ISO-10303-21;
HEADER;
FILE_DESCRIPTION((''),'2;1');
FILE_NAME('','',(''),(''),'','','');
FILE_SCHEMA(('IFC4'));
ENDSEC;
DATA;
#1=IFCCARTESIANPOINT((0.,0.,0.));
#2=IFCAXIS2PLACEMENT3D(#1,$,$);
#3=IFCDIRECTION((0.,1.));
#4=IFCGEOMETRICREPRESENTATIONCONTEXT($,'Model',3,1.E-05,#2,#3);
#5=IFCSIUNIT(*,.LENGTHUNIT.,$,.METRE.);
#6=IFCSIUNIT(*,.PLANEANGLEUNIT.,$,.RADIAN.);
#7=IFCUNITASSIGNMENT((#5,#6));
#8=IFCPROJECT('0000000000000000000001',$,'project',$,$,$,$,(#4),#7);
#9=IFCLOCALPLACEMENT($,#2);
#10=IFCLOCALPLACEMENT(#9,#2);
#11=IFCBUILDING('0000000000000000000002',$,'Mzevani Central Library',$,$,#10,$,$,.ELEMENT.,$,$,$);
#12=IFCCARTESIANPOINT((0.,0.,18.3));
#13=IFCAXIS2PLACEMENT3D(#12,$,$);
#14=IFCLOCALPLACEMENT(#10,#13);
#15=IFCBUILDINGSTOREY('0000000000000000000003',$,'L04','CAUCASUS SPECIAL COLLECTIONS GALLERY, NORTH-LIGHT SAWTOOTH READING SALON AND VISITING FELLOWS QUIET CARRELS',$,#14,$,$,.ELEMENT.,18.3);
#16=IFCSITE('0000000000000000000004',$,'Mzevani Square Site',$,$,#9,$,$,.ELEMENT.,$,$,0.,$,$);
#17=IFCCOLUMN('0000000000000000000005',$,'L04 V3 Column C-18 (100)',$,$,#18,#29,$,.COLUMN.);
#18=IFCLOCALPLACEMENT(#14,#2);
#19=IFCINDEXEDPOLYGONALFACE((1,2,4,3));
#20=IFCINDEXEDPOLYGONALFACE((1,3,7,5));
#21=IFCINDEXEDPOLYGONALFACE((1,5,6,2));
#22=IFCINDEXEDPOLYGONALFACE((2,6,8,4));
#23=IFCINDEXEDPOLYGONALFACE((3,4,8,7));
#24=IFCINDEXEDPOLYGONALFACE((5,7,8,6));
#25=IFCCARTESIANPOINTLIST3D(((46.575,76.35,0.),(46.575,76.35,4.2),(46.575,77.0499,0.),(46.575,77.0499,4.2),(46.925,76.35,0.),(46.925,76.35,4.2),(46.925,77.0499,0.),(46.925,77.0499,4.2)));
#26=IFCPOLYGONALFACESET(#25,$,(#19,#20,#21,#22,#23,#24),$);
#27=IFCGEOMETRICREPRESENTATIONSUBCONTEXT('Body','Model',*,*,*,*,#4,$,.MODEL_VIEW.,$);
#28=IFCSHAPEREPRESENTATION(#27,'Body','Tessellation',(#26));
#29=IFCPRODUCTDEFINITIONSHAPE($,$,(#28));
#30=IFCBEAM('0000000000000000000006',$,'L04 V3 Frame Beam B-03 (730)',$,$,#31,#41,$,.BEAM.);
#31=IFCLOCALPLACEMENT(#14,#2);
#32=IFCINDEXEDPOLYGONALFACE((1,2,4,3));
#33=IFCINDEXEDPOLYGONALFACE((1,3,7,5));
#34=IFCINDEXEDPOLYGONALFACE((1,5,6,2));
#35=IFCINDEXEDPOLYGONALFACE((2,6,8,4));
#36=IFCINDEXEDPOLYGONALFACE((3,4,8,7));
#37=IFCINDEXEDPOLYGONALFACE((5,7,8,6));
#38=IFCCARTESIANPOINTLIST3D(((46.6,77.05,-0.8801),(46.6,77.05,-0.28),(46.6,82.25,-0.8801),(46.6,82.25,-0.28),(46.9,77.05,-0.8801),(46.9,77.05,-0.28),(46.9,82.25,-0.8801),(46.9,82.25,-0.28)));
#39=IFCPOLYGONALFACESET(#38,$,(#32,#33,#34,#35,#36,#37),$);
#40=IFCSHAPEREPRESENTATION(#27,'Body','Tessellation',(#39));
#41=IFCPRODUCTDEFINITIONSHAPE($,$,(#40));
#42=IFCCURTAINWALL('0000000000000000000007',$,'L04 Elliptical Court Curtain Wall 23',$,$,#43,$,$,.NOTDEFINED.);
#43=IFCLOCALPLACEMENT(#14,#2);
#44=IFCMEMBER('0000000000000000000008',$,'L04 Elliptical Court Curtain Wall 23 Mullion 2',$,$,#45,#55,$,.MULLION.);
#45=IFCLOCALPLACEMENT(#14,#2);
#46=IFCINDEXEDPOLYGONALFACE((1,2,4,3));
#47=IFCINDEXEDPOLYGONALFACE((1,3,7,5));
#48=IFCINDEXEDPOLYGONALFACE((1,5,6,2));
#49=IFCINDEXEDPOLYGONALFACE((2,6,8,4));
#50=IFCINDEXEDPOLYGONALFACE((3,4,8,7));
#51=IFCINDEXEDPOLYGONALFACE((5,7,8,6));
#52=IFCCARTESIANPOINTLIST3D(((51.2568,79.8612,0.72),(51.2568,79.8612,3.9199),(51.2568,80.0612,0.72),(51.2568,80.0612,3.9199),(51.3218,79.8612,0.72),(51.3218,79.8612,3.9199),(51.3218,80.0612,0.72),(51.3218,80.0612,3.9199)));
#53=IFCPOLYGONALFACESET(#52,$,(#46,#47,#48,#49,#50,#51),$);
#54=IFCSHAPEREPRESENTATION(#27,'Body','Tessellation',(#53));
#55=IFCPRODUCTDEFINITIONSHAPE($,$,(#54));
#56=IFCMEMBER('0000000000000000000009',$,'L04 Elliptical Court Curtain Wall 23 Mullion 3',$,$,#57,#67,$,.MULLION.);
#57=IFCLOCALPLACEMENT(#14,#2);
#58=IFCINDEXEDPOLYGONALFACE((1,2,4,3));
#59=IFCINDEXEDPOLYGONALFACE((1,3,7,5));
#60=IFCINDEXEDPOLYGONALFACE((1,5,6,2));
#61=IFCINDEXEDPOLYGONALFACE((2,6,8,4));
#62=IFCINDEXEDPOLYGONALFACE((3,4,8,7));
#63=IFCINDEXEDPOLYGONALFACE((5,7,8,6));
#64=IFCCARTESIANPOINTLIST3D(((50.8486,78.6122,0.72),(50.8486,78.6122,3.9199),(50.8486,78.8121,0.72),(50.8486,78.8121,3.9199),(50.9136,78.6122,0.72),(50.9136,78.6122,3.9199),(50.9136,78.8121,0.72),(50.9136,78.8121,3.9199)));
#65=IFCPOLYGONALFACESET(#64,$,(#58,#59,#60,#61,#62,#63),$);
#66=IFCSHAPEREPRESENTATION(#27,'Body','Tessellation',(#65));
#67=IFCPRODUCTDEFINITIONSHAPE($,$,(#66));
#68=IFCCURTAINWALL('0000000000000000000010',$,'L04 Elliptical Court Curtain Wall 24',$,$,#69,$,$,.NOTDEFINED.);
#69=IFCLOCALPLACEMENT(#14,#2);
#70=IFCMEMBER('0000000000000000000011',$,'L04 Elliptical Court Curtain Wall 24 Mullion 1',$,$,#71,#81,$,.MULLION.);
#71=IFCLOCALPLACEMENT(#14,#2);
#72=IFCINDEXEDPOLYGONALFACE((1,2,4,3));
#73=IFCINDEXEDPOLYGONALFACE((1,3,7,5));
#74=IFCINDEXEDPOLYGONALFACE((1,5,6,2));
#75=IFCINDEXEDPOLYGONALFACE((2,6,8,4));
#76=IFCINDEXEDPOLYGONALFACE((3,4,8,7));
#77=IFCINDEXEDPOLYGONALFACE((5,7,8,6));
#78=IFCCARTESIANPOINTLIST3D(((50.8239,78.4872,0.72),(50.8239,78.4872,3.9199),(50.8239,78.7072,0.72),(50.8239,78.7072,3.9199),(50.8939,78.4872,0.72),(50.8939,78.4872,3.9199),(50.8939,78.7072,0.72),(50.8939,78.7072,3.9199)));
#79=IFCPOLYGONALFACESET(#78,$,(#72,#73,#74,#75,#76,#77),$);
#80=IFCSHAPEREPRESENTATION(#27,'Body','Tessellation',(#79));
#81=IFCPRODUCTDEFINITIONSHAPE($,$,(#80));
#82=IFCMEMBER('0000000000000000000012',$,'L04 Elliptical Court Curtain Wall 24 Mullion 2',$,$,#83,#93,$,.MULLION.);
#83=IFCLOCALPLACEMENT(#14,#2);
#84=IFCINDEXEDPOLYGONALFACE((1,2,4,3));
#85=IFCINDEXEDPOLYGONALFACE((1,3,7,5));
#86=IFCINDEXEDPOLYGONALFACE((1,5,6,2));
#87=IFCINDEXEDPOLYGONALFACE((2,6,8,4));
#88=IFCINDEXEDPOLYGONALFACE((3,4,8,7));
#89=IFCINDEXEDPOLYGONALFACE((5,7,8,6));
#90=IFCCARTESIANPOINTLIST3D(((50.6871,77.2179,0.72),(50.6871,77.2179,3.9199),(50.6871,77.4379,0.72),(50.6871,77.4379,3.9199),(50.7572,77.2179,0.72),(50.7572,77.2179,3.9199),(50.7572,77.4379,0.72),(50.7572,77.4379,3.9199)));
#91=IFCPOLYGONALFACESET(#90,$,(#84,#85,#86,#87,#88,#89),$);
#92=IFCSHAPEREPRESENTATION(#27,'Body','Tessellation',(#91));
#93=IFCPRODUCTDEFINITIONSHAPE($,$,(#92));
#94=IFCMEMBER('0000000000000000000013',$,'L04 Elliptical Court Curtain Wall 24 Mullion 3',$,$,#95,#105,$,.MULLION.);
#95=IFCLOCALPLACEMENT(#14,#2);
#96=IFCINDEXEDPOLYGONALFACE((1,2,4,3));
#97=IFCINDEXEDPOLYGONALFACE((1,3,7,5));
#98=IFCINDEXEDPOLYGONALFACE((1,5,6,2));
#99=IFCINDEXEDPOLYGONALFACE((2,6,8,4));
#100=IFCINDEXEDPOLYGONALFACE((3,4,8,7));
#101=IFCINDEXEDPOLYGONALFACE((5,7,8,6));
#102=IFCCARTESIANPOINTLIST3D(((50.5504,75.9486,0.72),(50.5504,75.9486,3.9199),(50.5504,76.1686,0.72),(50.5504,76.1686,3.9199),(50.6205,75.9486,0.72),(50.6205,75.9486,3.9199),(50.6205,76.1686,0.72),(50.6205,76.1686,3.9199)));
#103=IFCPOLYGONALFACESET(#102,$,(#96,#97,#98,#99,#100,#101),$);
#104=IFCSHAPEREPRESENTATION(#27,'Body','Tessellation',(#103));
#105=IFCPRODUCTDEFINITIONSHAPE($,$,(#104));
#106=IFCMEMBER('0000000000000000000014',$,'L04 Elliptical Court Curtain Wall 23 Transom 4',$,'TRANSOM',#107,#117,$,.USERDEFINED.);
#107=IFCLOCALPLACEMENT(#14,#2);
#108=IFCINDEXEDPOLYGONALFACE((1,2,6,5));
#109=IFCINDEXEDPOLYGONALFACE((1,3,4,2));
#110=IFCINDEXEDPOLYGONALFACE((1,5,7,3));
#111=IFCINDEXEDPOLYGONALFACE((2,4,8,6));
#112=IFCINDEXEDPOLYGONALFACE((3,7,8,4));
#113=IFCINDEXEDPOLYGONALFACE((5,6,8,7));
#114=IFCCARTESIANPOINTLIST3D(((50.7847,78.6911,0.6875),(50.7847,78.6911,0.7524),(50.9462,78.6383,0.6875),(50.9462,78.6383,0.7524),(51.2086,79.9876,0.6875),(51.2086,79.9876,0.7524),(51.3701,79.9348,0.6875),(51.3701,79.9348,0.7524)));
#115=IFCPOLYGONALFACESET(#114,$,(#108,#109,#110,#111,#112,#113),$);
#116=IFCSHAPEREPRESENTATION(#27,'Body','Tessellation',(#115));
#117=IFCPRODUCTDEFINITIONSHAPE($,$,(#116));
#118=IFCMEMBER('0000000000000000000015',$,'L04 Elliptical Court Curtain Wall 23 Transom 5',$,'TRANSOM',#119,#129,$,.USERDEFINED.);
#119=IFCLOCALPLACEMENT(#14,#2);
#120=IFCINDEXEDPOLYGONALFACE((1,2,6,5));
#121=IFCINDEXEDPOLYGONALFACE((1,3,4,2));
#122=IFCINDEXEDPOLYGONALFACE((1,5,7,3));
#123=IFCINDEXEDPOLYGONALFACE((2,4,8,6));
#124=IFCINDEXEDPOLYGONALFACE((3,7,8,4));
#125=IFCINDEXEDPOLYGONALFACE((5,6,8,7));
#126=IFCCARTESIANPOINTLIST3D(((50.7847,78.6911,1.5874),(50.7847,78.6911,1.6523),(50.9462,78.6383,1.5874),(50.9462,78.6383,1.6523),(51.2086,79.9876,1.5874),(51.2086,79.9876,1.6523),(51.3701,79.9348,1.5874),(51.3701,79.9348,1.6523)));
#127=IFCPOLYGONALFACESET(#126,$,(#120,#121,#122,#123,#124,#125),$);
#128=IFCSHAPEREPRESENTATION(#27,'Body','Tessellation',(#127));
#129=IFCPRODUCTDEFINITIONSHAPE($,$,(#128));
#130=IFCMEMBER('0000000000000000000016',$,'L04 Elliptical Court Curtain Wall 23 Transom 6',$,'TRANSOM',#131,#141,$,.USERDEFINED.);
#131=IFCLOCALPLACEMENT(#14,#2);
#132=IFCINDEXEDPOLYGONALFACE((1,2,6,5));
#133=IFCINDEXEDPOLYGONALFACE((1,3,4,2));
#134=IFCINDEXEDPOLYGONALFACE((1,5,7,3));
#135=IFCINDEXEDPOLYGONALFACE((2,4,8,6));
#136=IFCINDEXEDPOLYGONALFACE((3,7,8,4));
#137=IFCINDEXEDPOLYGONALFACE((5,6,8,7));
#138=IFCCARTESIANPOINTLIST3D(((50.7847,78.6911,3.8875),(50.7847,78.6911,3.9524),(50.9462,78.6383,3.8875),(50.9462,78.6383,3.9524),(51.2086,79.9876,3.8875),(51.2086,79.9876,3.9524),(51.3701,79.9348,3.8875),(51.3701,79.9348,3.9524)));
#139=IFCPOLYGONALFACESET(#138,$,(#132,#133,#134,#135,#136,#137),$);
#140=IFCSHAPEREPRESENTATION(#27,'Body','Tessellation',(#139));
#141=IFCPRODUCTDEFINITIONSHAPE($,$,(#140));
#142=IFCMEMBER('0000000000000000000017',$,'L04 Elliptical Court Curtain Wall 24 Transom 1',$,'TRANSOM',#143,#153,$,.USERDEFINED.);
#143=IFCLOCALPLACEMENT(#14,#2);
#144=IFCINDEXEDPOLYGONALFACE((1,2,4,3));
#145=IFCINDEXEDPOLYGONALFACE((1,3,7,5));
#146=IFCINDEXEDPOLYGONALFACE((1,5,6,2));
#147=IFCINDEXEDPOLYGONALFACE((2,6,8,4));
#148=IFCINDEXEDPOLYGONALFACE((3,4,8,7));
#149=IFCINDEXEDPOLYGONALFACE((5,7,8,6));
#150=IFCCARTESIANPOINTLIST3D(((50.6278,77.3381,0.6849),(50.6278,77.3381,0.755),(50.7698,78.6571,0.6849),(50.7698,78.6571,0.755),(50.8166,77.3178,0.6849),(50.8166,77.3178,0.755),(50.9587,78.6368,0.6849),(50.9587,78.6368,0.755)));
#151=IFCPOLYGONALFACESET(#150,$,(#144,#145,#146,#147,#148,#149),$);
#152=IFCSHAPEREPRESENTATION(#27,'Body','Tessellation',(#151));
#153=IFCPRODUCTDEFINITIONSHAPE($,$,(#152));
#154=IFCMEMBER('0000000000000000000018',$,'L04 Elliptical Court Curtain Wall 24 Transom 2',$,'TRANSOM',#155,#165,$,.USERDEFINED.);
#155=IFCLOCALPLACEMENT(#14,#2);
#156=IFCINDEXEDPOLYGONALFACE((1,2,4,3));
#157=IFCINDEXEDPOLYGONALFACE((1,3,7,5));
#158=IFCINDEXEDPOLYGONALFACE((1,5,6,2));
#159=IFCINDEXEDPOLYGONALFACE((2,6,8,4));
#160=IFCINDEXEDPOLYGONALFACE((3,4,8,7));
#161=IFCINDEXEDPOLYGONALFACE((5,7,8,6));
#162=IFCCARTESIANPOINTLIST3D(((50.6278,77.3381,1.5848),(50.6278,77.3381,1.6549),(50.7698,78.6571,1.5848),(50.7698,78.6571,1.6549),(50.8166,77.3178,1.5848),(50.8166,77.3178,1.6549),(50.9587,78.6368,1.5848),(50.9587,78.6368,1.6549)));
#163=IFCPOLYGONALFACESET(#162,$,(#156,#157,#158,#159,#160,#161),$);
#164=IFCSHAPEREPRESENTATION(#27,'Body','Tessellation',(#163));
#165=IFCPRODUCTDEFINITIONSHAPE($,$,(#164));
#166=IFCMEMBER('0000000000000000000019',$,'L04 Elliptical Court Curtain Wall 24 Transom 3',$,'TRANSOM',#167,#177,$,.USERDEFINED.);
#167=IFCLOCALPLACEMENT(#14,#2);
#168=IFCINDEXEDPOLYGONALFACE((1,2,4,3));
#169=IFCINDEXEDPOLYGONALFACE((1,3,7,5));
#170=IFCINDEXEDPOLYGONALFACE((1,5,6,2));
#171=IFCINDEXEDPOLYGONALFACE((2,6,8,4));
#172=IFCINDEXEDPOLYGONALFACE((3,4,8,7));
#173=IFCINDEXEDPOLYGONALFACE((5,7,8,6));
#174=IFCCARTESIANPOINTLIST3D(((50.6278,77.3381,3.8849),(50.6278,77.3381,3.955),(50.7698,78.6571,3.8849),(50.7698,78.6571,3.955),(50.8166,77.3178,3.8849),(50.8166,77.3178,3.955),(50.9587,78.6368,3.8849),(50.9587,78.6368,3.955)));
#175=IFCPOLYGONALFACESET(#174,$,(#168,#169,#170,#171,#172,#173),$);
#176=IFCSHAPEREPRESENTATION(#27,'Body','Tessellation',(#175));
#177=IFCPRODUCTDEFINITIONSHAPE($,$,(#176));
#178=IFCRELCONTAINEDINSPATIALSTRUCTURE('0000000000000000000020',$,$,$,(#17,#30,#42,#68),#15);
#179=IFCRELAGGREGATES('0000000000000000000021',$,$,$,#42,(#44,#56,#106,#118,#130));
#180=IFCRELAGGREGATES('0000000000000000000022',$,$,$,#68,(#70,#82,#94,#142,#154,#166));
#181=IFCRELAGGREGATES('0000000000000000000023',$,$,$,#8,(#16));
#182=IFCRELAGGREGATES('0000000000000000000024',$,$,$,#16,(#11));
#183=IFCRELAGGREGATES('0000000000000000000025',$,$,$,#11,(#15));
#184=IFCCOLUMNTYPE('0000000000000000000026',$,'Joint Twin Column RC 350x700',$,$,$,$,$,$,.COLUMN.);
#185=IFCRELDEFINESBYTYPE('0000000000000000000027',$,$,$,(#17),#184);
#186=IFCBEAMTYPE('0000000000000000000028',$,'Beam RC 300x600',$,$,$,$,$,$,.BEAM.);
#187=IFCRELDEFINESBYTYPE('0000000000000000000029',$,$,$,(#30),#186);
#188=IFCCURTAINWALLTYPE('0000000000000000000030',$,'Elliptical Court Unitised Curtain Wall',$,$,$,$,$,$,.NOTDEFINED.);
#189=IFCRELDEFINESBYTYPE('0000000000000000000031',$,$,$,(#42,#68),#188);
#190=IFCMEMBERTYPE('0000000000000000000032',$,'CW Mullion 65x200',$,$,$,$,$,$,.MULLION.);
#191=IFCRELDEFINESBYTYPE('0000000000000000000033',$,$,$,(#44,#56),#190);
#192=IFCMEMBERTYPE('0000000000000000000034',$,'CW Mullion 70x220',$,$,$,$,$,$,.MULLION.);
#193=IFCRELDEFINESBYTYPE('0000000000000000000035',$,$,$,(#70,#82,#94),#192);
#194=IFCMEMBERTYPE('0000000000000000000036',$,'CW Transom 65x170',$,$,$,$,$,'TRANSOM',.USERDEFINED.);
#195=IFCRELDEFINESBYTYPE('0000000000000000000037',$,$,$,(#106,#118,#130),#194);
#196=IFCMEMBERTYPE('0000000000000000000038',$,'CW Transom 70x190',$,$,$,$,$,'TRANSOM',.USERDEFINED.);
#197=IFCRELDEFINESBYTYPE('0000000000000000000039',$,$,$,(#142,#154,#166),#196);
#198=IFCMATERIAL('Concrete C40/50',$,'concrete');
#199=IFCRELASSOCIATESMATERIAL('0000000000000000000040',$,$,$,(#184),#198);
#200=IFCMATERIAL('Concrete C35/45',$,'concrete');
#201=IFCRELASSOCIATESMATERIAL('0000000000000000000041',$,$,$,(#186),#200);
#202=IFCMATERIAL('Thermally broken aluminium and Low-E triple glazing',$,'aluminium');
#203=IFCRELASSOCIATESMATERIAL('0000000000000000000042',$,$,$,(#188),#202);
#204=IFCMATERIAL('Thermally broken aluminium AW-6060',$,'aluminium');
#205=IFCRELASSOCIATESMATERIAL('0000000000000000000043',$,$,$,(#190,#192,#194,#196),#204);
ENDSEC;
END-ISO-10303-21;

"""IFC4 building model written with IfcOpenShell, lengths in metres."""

from ifc_helpers import new_model, si_unit, direction, frame, origin, origin_2d, place, context, subcontext, project, spatial, rectangle, extrude, material, material_profile, profile_set, type_object, element, aggregate, save


model = new_model("IFC4")

# Units and contexts
model_context = context("Model", 3, precision=1e-05, world=origin(), true_north=direction((0.0, 1.0)))
body_context = subcontext(model_context, "Body", "Model", "MODEL_VIEW")
ifc_project = project(units=[si_unit("LENGTHUNIT", "METRE"), si_unit("PLANEANGLEUNIT", "RADIAN")], contexts=[model_context])

# Site, building, storey
site_placement = place(None, origin())
site = spatial("IfcSite", under=ifc_project, at=site_placement, Name="Mzevani Square Site", CompositionType="ELEMENT", RefElevation=0.0)
building_placement = place(site_placement, origin())
building = spatial("IfcBuilding", under=site, at=building_placement, Name="Mzevani Central Library", CompositionType="ELEMENT")
storey_placement = place(building_placement, frame((0.0, 0.0, 18.3)))
storey = spatial("IfcBuildingStorey", under=building, at=storey_placement, Name="L04", Description="CAUCASUS SPECIAL COLLECTIONS GALLERY, NORTH-LIGHT SAWTOOTH READING SALON AND VISITING FELLOWS QUIET CARRELS", CompositionType="ELEMENT", Elevation=18.3)

# Column
ifc_material_1 = material(Name="Concrete C40/50", Category="concrete")
ifc_material_profile_1 = material_profile(ifc_material_1, rectangle(XDim=0.3501, YDim=0.7, at=origin_2d()), Name="RC 350x700")
ifc_profile_set_1 = profile_set([ifc_material_profile_1], Name="Concrete C40/50")
column_type = type_object("IfcColumnType", Name="Joint Twin Column RC 350x700", PredefinedType="COLUMN", material=ifc_profile_set_1)
column_placement = place(storey_placement, frame((46.75, 76.7, 0.0), z_axis=(0.0, 0.0, 1.0), x_axis=(1.0, 0.0, 0.0)))
element("IfcColumn", 1, at=column_placement, inside=storey, type_object=column_type, Name="L04 V3 Column C-18 (100)", PredefinedType="COLUMN", context=body_context, shape_type="SweptSolid", body=[
    extrude(rectangle(XDim=0.3501, YDim=0.7, at=origin_2d()), origin(), (0.0, 0.0, 1.0), 4.2),
])

# Beam
ifc_material_2 = material(Name="Concrete C35/45", Category="concrete")
ifc_material_profile_2 = material_profile(ifc_material_2, rectangle(XDim=0.3, YDim=0.6001, at=origin_2d()), Name="RC B300x600")
ifc_profile_set_2 = profile_set([ifc_material_profile_2], Name="Concrete C35/45")
beam_type = type_object("IfcBeamType", Name="Beam RC 300x600", PredefinedType="BEAM", material=ifc_profile_set_2)
beam_placement = place(storey_placement, frame((46.75, 77.05, -0.5801), z_axis=(0.0, 1.0, 0.0), x_axis=(-1.0, 0.0, 0.0)))
element("IfcBeam", 2, at=beam_placement, inside=storey, type_object=beam_type, Name="L04 V3 Frame Beam B-03 (730)", PredefinedType="BEAM", context=body_context, shape_type="SweptSolid", body=[
    extrude(rectangle(XDim=0.3, YDim=0.6001, at=origin_2d()), origin(), (0.0, 0.0, 1.0), 5.2),
])

# Curtain walls, members
ifc_material_3 = material(Name="Thermally broken aluminium and Low-E triple glazing", Category="aluminium")
curtain_wall_type = type_object("IfcCurtainWallType", Name="Elliptical Court Unitised Curtain Wall", PredefinedType="NOTDEFINED", material=ifc_material_3)
curtain_wall_1_placement = place(storey_placement, origin())
curtain_wall_1 = element("IfcCurtainWall", 3, at=curtain_wall_1_placement, inside=storey, type_object=curtain_wall_type, Name="L04 Elliptical Court Curtain Wall 23", PredefinedType="NOTDEFINED")
ifc_material_4 = material(Name="Thermally broken aluminium AW-6060", Category="aluminium")
ifc_material_profile_3 = material_profile(ifc_material_4, rectangle(XDim=0.0649, YDim=0.2, at=origin_2d()), Name="ALU M65x200")
ifc_profile_set_3 = profile_set([ifc_material_profile_3], Name="Thermally broken aluminium AW-6060")
member_type_1 = type_object("IfcMemberType", Name="CW Mullion 65x200", PredefinedType="MULLION", material=ifc_profile_set_3)
member_1_placement = place(storey_placement, frame((51.2893, 79.9612, 0.72), z_axis=(0.0, 0.0, 1.0), x_axis=(1.0, 0.0, 0.0)))
member_1 = element("IfcMember", 4, at=member_1_placement, type_object=member_type_1, Name="L04 Elliptical Court Curtain Wall 23 Mullion 2", PredefinedType="MULLION", context=body_context, shape_type="SweptSolid", body=[
    extrude(rectangle(XDim=0.0649, YDim=0.2, at=origin_2d()), origin(), (0.0, 0.0, 1.0), 3.2),
])
member_2_placement = place(storey_placement, frame((50.8811, 78.7122, 0.72), z_axis=(0.0, 0.0, 1.0), x_axis=(1.0, 0.0, 0.0)))
member_2 = element("IfcMember", 5, at=member_2_placement, type_object=member_type_1, Name="L04 Elliptical Court Curtain Wall 23 Mullion 3", PredefinedType="MULLION", context=body_context, shape_type="SweptSolid", body=[
    extrude(rectangle(XDim=0.0649, YDim=0.2, at=origin_2d()), origin(), (0.0, 0.0, 1.0), 3.2),
])
curtain_wall_2_placement = place(storey_placement, origin())
curtain_wall_2 = element("IfcCurtainWall", 6, at=curtain_wall_2_placement, inside=storey, type_object=curtain_wall_type, Name="L04 Elliptical Court Curtain Wall 24", PredefinedType="NOTDEFINED")
ifc_material_profile_4 = material_profile(ifc_material_4, rectangle(XDim=0.0701, YDim=0.22, at=origin_2d()), Name="ALU M70x220")
ifc_profile_set_4 = profile_set([ifc_material_profile_4], Name="Thermally broken aluminium AW-6060")
member_type_2 = type_object("IfcMemberType", Name="CW Mullion 70x220", PredefinedType="MULLION", material=ifc_profile_set_4)
member_3_placement = place(storey_placement, frame((50.8589, 78.5972, 0.72), z_axis=(0.0, 0.0, 1.0), x_axis=(1.0, 0.0, 0.0)))
member_3 = element("IfcMember", 7, at=member_3_placement, type_object=member_type_2, Name="L04 Elliptical Court Curtain Wall 24 Mullion 1", PredefinedType="MULLION", context=body_context, shape_type="SweptSolid", body=[
    extrude(rectangle(XDim=0.0701, YDim=0.22, at=origin_2d()), origin(), (0.0, 0.0, 1.0), 3.2),
])
member_4_placement = place(storey_placement, frame((50.7222, 77.3279, 0.72), z_axis=(0.0, 0.0, 1.0), x_axis=(1.0, 0.0, 0.0)))
member_4 = element("IfcMember", 8, at=member_4_placement, type_object=member_type_2, Name="L04 Elliptical Court Curtain Wall 24 Mullion 2", PredefinedType="MULLION", context=body_context, shape_type="SweptSolid", body=[
    extrude(rectangle(XDim=0.0701, YDim=0.22, at=origin_2d()), origin(), (0.0, 0.0, 1.0), 3.2),
])
member_5_placement = place(storey_placement, frame((50.5854, 76.0586, 0.72), z_axis=(0.0, 0.0, 1.0), x_axis=(1.0, 0.0, 0.0)))
member_5 = element("IfcMember", 9, at=member_5_placement, type_object=member_type_2, Name="L04 Elliptical Court Curtain Wall 24 Mullion 3", PredefinedType="MULLION", context=body_context, shape_type="SweptSolid", body=[
    extrude(rectangle(XDim=0.0701, YDim=0.22, at=origin_2d()), origin(), (0.0, 0.0, 1.0), 3.2),
])

# Members
ifc_material_profile_5 = material_profile(ifc_material_4, rectangle(XDim=0.1699, YDim=0.0649, at=origin_2d()), Name="ALU T65x170")
ifc_profile_set_5 = profile_set([ifc_material_profile_5], Name="Thermally broken aluminium AW-6060")
member_type_3 = type_object("IfcMemberType", Name="CW Transom 65x170", ElementType="TRANSOM", PredefinedType="USERDEFINED", material=ifc_profile_set_5)
member_6_placement = place(storey_placement, frame((51.2893, 79.9612, 0.72), z_axis=(-0.310745, -0.950493, 0.0), x_axis=(0.950493, -0.310745, 0.0)))
member_6 = element("IfcMember", 10, at=member_6_placement, type_object=member_type_3, Name="L04 Elliptical Court Curtain Wall 23 Transom 4", ObjectType="TRANSOM", PredefinedType="USERDEFINED", context=body_context, shape_type="SweptSolid", body=[
    extrude(rectangle(XDim=0.1699, YDim=0.0649, at=origin_2d()), origin(), (0.0, 0.0, 1.0), 1.364),
])
member_7_placement = place(storey_placement, frame((51.2893, 79.9612, 1.6199), z_axis=(-0.310745, -0.950493, 0.0), x_axis=(0.950493, -0.310745, 0.0)))
member_7 = element("IfcMember", 11, at=member_7_placement, type_object=member_type_3, Name="L04 Elliptical Court Curtain Wall 23 Transom 5", ObjectType="TRANSOM", PredefinedType="USERDEFINED", context=body_context, shape_type="SweptSolid", body=[
    extrude(rectangle(XDim=0.1699, YDim=0.0649, at=origin_2d()), origin(), (0.0, 0.0, 1.0), 1.364),
])
member_8_placement = place(storey_placement, frame((51.2893, 79.9612, 3.9199), z_axis=(-0.310745, -0.950493, 0.0), x_axis=(0.950493, -0.310745, 0.0)))
member_8 = element("IfcMember", 12, at=member_8_placement, type_object=member_type_3, Name="L04 Elliptical Court Curtain Wall 23 Transom 6", ObjectType="TRANSOM", PredefinedType="USERDEFINED", context=body_context, shape_type="SweptSolid", body=[
    extrude(rectangle(XDim=0.1699, YDim=0.0649, at=origin_2d()), origin(), (0.0, 0.0, 1.0), 1.364),
])
ifc_material_profile_6 = material_profile(ifc_material_4, rectangle(XDim=0.1899, YDim=0.0701, at=origin_2d()), Name="ALU T70x190")
ifc_profile_set_6 = profile_set([ifc_material_profile_6], Name="Thermally broken aluminium AW-6060")
member_type_4 = type_object("IfcMemberType", Name="CW Transom 70x190", ElementType="TRANSOM", PredefinedType="USERDEFINED", material=ifc_profile_set_6)
member_9_placement = place(storey_placement, frame((50.8643, 78.647, 0.72), z_axis=(-0.107098, -0.994248, 0.0), x_axis=(0.994248, -0.107098, 0.0)))
member_9 = element("IfcMember", 13, at=member_9_placement, type_object=member_type_4, Name="L04 Elliptical Court Curtain Wall 24 Transom 1", ObjectType="TRANSOM", PredefinedType="USERDEFINED", context=body_context, shape_type="SweptSolid", body=[
    extrude(rectangle(XDim=0.1899, YDim=0.0701, at=origin_2d()), origin(), (0.0, 0.0, 1.0), 1.3267),
])
member_10_placement = place(storey_placement, frame((50.8643, 78.647, 1.6199), z_axis=(-0.107098, -0.994248, 0.0), x_axis=(0.994248, -0.107098, 0.0)))
member_10 = element("IfcMember", 14, at=member_10_placement, type_object=member_type_4, Name="L04 Elliptical Court Curtain Wall 24 Transom 2", ObjectType="TRANSOM", PredefinedType="USERDEFINED", context=body_context, shape_type="SweptSolid", body=[
    extrude(rectangle(XDim=0.1899, YDim=0.0701, at=origin_2d()), origin(), (0.0, 0.0, 1.0), 1.3267),
])
member_11_placement = place(storey_placement, frame((50.8643, 78.647, 3.9199), z_axis=(-0.107098, -0.994248, 0.0), x_axis=(0.994248, -0.107098, 0.0)))
member_11 = element("IfcMember", 15, at=member_11_placement, type_object=member_type_4, Name="L04 Elliptical Court Curtain Wall 24 Transom 3", ObjectType="TRANSOM", PredefinedType="USERDEFINED", context=body_context, shape_type="SweptSolid", body=[
    extrude(rectangle(XDim=0.1899, YDim=0.0701, at=origin_2d()), origin(), (0.0, 0.0, 1.0), 1.3267),
])

aggregate(curtain_wall_1, [member_1, member_2, member_6, member_7, member_8])
aggregate(curtain_wall_2, [member_3, member_4, member_5, member_9, member_10, member_11])

save(model, "model.ifc")
